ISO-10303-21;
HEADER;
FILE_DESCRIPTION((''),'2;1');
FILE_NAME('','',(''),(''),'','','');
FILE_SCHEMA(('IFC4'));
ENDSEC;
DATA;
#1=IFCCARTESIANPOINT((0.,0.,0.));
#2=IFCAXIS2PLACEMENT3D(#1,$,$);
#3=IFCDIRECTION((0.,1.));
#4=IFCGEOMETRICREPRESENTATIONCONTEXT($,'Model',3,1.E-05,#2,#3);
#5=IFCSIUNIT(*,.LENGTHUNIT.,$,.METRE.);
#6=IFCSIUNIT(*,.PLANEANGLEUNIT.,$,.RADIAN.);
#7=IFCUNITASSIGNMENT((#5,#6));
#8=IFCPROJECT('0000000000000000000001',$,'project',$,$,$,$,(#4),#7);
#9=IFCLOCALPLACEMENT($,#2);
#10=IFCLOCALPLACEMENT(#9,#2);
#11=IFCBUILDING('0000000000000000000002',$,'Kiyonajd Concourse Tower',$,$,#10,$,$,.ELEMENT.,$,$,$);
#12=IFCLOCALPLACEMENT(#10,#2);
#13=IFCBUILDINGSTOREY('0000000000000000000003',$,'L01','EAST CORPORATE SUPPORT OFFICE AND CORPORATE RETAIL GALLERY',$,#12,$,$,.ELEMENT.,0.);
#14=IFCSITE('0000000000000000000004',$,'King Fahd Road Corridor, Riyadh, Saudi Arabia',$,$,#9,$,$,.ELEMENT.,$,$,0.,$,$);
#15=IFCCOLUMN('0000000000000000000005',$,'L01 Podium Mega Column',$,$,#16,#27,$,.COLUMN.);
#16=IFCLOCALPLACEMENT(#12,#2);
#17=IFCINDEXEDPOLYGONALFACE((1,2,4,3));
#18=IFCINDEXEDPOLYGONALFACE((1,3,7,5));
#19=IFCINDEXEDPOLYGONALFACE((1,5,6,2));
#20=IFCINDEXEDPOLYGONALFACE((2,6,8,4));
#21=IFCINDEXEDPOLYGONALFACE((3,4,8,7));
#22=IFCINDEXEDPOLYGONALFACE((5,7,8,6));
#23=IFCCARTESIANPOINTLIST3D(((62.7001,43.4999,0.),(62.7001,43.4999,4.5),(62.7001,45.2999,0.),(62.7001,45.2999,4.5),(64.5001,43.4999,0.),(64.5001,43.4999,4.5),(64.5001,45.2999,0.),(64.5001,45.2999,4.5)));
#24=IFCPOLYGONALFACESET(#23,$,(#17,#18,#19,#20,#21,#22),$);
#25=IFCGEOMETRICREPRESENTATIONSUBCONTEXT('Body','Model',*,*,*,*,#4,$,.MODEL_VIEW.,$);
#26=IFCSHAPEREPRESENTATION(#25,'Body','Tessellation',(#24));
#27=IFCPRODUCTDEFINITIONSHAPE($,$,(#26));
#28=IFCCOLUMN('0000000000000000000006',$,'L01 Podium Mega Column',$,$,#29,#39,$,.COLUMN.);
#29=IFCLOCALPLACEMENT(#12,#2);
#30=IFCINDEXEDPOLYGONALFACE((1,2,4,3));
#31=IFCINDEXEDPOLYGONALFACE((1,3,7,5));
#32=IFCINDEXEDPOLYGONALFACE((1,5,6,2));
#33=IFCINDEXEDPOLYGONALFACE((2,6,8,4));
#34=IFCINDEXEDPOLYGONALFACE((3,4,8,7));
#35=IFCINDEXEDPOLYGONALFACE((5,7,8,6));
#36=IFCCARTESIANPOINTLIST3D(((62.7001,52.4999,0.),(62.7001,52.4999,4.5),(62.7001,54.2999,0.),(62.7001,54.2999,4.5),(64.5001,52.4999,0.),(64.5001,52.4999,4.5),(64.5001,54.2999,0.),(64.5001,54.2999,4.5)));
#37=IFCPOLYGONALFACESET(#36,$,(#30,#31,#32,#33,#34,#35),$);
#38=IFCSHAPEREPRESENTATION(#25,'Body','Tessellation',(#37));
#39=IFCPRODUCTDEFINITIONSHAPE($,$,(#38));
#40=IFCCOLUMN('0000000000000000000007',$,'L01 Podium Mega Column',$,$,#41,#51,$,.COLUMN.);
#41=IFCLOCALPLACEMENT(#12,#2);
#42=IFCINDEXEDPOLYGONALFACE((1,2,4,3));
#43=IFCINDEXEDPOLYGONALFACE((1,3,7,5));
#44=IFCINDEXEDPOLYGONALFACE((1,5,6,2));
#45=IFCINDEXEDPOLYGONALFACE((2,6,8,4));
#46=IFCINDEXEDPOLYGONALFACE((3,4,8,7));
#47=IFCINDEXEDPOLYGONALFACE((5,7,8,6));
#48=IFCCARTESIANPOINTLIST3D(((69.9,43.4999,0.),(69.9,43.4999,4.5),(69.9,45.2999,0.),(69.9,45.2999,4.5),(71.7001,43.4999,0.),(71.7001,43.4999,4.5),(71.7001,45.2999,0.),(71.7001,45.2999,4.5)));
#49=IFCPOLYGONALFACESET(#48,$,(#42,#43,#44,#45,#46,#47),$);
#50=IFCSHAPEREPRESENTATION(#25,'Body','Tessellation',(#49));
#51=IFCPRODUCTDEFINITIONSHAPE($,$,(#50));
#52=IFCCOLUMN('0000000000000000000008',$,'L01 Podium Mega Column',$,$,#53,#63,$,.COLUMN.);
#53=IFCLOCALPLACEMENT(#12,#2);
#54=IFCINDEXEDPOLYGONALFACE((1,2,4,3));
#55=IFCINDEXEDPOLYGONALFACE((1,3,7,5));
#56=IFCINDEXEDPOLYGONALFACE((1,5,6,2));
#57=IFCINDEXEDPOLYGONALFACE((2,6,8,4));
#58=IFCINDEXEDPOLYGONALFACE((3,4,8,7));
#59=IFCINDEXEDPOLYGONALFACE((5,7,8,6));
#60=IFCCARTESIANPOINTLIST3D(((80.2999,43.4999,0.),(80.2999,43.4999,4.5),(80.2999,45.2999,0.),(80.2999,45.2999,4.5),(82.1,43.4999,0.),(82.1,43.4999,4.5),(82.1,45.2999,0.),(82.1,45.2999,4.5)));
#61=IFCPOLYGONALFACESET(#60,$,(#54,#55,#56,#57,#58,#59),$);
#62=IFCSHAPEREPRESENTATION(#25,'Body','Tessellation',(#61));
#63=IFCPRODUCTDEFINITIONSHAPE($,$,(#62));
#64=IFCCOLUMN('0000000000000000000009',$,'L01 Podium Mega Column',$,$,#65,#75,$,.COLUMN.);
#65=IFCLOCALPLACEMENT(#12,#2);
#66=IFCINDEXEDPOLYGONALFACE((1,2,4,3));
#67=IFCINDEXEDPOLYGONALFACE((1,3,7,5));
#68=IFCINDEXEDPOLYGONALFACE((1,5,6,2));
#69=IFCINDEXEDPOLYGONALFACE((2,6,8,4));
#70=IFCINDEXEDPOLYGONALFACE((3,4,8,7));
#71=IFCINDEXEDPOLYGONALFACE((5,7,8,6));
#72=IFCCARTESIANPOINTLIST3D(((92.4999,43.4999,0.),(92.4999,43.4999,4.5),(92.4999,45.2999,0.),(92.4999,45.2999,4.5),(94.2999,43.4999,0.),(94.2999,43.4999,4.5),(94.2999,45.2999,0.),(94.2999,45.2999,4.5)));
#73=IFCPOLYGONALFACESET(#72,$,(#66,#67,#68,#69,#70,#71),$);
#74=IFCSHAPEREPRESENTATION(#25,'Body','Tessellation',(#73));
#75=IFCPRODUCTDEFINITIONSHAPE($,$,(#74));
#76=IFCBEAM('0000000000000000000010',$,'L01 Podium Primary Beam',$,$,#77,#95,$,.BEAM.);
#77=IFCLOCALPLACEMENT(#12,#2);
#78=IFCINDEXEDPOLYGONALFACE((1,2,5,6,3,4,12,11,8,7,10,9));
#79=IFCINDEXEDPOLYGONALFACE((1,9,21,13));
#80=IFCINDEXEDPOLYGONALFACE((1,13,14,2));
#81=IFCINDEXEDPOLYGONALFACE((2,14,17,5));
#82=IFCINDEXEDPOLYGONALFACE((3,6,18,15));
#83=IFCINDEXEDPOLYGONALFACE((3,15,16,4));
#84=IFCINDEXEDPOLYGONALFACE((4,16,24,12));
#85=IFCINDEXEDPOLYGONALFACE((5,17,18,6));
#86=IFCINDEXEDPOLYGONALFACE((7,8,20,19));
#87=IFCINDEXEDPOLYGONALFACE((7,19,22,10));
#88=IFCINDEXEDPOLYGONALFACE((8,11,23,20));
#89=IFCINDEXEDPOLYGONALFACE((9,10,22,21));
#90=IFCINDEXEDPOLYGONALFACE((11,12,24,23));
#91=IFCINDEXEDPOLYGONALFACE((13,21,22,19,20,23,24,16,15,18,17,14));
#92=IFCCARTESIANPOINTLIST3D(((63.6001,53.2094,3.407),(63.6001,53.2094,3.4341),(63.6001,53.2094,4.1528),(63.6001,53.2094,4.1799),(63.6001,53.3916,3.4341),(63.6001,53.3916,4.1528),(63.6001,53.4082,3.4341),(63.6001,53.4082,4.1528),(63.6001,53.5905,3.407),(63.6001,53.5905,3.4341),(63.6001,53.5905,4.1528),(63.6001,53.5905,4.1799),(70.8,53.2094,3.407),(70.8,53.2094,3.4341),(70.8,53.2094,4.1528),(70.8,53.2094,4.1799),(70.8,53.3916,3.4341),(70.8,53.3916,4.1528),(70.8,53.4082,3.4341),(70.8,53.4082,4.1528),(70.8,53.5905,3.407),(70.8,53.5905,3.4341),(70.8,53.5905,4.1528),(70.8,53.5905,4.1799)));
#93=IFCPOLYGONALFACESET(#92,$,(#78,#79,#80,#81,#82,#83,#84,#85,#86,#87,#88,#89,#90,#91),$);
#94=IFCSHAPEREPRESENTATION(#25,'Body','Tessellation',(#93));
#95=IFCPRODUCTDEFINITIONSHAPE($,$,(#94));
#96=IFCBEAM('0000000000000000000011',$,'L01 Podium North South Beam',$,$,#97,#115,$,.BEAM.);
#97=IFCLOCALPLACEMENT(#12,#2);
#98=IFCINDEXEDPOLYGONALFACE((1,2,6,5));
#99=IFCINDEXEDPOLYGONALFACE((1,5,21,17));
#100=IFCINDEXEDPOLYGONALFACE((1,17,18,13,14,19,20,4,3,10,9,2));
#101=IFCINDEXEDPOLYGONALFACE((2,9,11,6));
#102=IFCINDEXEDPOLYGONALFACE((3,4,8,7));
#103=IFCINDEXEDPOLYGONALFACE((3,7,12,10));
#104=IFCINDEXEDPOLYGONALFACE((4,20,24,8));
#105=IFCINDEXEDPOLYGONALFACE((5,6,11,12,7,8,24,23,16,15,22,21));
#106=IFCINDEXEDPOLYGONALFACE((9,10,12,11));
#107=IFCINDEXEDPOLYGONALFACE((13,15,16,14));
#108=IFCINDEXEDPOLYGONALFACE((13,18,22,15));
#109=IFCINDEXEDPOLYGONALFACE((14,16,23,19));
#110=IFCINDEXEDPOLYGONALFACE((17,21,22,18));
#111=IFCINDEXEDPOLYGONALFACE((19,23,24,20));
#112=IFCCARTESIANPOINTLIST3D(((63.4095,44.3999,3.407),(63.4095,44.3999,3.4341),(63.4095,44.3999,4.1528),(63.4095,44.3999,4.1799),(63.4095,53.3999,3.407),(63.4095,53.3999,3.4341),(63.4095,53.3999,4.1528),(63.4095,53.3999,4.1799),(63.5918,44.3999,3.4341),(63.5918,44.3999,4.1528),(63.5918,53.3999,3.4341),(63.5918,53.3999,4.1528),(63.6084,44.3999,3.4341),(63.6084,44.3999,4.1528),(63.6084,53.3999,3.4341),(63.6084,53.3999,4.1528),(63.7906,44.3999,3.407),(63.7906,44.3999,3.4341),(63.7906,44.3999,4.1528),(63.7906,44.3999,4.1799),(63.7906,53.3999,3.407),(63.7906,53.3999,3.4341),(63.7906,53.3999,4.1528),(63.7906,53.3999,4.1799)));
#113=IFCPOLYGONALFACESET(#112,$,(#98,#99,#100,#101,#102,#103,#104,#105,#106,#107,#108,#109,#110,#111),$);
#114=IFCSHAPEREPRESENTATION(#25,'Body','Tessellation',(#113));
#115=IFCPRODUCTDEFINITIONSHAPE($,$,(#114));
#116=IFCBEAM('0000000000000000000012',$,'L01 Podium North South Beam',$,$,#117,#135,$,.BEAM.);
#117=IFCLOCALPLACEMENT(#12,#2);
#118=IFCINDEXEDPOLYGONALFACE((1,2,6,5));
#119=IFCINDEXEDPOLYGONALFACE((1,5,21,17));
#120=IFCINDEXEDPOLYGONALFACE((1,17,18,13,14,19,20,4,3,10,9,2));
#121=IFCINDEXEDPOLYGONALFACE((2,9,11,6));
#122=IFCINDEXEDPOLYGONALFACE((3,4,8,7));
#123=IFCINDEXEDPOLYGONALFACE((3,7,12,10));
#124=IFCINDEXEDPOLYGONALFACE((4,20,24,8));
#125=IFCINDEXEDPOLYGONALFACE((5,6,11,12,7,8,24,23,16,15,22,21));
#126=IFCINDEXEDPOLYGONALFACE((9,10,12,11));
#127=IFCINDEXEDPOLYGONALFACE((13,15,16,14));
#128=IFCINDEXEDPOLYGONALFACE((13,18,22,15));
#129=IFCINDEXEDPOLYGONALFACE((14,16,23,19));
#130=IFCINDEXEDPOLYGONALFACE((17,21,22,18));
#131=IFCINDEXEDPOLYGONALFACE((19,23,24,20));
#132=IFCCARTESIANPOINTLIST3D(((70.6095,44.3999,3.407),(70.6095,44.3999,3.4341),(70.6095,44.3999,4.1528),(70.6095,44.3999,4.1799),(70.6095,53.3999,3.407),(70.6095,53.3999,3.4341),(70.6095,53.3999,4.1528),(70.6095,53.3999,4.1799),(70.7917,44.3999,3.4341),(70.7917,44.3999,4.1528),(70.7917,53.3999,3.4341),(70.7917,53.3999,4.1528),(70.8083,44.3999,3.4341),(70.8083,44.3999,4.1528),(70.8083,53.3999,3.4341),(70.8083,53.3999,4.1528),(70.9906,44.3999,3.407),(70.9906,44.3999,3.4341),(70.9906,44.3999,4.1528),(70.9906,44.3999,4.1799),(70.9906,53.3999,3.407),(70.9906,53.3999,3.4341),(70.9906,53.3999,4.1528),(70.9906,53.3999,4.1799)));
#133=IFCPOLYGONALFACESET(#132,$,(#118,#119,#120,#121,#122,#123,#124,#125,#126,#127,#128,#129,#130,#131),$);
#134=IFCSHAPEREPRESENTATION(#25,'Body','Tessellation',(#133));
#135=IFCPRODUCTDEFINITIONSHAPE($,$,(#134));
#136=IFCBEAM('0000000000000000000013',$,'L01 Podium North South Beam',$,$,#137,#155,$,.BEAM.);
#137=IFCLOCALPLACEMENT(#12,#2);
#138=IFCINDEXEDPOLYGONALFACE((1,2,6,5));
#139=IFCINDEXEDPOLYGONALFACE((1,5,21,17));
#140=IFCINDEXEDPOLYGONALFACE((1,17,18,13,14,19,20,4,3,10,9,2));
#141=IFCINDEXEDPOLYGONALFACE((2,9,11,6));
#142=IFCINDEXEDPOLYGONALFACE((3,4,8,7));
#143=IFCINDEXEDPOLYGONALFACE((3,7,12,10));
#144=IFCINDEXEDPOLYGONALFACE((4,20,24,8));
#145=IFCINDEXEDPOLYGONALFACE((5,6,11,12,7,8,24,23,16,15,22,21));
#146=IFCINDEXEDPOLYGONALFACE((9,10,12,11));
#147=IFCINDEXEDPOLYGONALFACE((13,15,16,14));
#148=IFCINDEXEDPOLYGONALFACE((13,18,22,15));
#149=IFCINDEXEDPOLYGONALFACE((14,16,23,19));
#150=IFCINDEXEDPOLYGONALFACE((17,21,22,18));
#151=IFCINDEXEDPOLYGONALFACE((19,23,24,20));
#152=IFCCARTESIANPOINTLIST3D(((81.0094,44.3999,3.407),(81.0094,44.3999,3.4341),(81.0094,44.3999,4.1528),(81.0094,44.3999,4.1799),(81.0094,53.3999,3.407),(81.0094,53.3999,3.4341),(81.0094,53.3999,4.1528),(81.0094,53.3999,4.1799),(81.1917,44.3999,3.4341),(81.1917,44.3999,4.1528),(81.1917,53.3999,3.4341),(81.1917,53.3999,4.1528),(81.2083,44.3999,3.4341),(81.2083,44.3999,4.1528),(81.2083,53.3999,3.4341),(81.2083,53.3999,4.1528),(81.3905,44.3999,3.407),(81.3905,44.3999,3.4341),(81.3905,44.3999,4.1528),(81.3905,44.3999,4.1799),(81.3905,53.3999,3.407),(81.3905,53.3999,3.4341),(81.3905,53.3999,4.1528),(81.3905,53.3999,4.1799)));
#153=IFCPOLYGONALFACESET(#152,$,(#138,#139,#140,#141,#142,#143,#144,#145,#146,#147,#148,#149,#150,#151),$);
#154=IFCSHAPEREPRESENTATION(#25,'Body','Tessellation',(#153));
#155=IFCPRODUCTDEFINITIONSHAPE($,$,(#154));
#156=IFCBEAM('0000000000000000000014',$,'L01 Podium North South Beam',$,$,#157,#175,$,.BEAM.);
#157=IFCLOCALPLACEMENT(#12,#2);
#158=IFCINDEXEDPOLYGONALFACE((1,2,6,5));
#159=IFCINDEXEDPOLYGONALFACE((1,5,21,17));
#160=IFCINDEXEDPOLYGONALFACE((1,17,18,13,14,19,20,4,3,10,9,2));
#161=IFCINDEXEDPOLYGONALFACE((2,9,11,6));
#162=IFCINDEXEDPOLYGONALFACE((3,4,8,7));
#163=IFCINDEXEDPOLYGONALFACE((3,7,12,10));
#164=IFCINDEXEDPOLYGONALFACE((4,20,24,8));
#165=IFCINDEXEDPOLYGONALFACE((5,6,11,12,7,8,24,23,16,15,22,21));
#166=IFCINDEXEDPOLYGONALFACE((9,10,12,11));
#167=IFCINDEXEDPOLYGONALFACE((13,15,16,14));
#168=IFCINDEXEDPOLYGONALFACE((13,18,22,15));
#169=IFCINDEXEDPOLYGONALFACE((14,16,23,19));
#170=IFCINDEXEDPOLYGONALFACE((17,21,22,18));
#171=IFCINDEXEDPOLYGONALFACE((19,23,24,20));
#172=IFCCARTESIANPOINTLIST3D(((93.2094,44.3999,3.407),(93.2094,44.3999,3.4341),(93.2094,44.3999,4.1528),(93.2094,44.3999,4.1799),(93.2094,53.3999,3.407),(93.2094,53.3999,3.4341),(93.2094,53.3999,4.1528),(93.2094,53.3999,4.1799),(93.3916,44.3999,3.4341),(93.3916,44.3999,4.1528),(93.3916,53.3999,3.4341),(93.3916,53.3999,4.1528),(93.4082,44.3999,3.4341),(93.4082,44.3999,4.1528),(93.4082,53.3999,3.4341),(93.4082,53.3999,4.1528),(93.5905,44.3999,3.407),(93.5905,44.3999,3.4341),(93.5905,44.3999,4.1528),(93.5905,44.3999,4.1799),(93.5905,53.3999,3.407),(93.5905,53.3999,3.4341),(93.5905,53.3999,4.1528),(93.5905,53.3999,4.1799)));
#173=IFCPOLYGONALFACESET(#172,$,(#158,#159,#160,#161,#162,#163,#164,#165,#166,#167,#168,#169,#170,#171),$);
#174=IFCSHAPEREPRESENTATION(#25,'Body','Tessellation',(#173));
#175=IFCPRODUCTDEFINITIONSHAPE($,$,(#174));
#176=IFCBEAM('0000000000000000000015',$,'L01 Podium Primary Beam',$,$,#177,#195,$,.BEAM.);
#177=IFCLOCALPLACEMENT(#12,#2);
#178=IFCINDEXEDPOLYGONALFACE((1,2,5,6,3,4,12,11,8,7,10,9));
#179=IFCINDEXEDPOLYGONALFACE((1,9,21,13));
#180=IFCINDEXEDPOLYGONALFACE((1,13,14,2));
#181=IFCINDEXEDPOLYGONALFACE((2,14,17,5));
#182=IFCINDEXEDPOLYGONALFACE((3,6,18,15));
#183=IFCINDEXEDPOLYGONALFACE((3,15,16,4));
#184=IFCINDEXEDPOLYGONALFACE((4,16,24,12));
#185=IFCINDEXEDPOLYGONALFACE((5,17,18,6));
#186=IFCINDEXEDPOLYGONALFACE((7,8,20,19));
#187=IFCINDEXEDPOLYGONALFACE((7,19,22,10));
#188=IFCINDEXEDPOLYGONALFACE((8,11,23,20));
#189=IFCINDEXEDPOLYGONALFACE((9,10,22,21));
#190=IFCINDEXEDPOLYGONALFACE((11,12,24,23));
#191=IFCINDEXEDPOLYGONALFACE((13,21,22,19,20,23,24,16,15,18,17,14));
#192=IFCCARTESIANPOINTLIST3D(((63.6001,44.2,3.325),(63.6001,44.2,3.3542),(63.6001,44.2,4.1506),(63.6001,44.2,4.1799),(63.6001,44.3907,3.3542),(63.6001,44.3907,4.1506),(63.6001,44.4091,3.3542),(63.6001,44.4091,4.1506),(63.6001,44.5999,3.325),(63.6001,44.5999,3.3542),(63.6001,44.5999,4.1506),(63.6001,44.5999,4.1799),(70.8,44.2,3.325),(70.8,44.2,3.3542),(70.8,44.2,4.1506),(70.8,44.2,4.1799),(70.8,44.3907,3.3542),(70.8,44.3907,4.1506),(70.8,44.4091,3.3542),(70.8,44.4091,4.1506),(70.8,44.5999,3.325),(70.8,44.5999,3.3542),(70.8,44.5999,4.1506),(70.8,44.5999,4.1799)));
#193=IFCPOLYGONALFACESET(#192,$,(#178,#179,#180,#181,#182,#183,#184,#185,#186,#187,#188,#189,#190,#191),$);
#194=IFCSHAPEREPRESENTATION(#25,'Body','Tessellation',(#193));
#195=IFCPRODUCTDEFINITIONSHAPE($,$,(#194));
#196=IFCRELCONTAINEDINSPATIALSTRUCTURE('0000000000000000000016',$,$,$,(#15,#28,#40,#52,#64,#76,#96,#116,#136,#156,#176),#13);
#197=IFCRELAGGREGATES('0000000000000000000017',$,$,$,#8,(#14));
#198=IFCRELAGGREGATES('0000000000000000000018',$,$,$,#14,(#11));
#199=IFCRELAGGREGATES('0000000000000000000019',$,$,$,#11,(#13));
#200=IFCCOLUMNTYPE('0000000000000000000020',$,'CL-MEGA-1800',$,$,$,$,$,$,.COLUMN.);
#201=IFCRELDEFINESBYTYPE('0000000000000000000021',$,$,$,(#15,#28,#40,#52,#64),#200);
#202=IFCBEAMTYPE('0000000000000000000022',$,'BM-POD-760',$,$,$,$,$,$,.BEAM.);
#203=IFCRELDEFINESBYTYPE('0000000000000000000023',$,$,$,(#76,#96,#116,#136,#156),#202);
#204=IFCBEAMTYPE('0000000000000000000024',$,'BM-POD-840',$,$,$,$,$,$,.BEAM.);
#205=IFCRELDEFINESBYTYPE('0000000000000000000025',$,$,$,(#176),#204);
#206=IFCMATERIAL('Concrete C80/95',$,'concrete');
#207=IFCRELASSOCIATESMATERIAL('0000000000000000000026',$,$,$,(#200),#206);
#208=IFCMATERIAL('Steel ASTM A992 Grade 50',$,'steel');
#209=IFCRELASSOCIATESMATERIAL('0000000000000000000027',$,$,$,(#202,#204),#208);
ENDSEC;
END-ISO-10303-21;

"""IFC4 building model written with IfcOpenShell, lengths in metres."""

from ifc_helpers import new_model, si_unit, direction, frame, origin, origin_2d, place, context, subcontext, project, spatial, rectangle, i_section, extrude, material, material_profile, profile_set, type_object, element, save


model = new_model("IFC4")

# Units and contexts
model_context = context("Model", 3, precision=1e-05, world=origin(), true_north=direction((0.0, 1.0)))
body_context = subcontext(model_context, "Body", "Model", "MODEL_VIEW")
ifc_project = project(units=[si_unit("LENGTHUNIT", "METRE"), si_unit("PLANEANGLEUNIT", "RADIAN")], contexts=[model_context])

# Site, building, storey
site_placement = place(None, origin())
site = spatial("IfcSite", under=ifc_project, at=site_placement, Name="King Fahd Road Corridor, Riyadh, Saudi Arabia", CompositionType="ELEMENT", RefElevation=0.0)
building_placement = place(site_placement, origin())
building = spatial("IfcBuilding", under=site, at=building_placement, Name="Kiyonajd Concourse Tower", CompositionType="ELEMENT")
storey_placement = place(building_placement, origin())
storey = spatial("IfcBuildingStorey", under=building, at=storey_placement, Name="L01", Description="EAST CORPORATE SUPPORT OFFICE AND CORPORATE RETAIL GALLERY", CompositionType="ELEMENT", Elevation=0.0)

# Columns
ifc_material_1 = material(Name="Concrete C80/95", Category="concrete")
ifc_material_profile_1 = material_profile(ifc_material_1, rectangle(XDim=1.8, YDim=1.8, at=origin_2d()), Name="RC-1800x1800")
ifc_profile_set_1 = profile_set([ifc_material_profile_1], Name="Concrete C80/95")
column_type = type_object("IfcColumnType", Name="CL-MEGA-1800", PredefinedType="COLUMN", material=ifc_profile_set_1)
for number, where, z_axis, x_axis, name in (
    (1, (63.6001, 44.3999, 0.0), (0.0, 0.0, 1.0), (1.0, 0.0, 0.0), "L01 Podium Mega Column"),
    (2, (63.6001, 53.3999, 0.0), (0.0, 0.0, 1.0), (1.0, 0.0, 0.0), "L01 Podium Mega Column"),
    (3, (70.8, 44.3999, 0.0), (0.0, 0.0, 1.0), (1.0, 0.0, 0.0), "L01 Podium Mega Column"),
    (4, (81.2, 44.3999, 0.0), (0.0, 0.0, 1.0), (1.0, 0.0, 0.0), "L01 Podium Mega Column"),
    (5, (93.3999, 44.3999, 0.0), (0.0, 0.0, 1.0), (1.0, 0.0, 0.0), "L01 Podium Mega Column"),
):
    element("IfcColumn", number, at=place(storey_placement, frame(where, z_axis=z_axis, x_axis=x_axis)), inside=storey, type_object=column_type, Name=name, PredefinedType="COLUMN", context=body_context, shape_type="SweptSolid", body=[
        extrude(rectangle(XDim=1.8, YDim=1.8, at=origin_2d()), origin(), (0.0, 0.0, 1.0), 4.5),
    ])

# Beams
ifc_material_2 = material(Name="Steel ASTM A992 Grade 50", Category="steel")
ifc_material_profile_2 = material_profile(ifc_material_2, i_section(OverallWidth=0.3811, OverallDepth=0.7729, WebThickness=0.0166, FlangeThickness=0.0271, at=origin_2d()), Name="W760X257")
ifc_profile_set_2 = profile_set([ifc_material_profile_2], Name="Steel ASTM A992 Grade 50")
beam_type_1 = type_object("IfcBeamType", Name="BM-POD-760", PredefinedType="BEAM", material=ifc_profile_set_2)
beam_1_placement = place(storey_placement, frame((63.6001, 53.3999, 3.7935), z_axis=(1.0, 0.0, 0.0), x_axis=(0.0, 1.0, 0.0)))
element("IfcBeam", 6, at=beam_1_placement, inside=storey, type_object=beam_type_1, Name="L01 Podium Primary Beam", PredefinedType="BEAM", context=body_context, shape_type="SweptSolid", body=[
    extrude(i_section(OverallWidth=0.3811, OverallDepth=0.7729, WebThickness=0.0166, FlangeThickness=0.0271, at=origin_2d()), origin(), (0.0, 0.0, 1.0), 7.2),
])
for number, where, z_axis, x_axis, name in (
    (7, (63.6001, 44.3999, 3.7935), (0.0, 1.0, 0.0), (-1.0, 0.0, 0.0), "L01 Podium North South Beam"),
    (8, (70.8, 44.3999, 3.7935), (0.0, 1.0, 0.0), (-1.0, 0.0, 0.0), "L01 Podium North South Beam"),
    (9, (81.2, 44.3999, 3.7935), (0.0, 1.0, 0.0), (-1.0, 0.0, 0.0), "L01 Podium North South Beam"),
    (10, (93.3999, 44.3999, 3.7935), (0.0, 1.0, 0.0), (-1.0, 0.0, 0.0), "L01 Podium North South Beam"),
):
    element("IfcBeam", number, at=place(storey_placement, frame(where, z_axis=z_axis, x_axis=x_axis)), inside=storey, type_object=beam_type_1, Name=name, PredefinedType="BEAM", context=body_context, shape_type="SweptSolid", body=[
        extrude(i_section(OverallWidth=0.3811, OverallDepth=0.7729, WebThickness=0.0166, FlangeThickness=0.0271, at=origin_2d()), origin(), (0.0, 0.0, 1.0), 9.0),
    ])
ifc_material_profile_3 = material_profile(ifc_material_2, i_section(OverallWidth=0.3999, OverallDepth=0.855, WebThickness=0.0183, FlangeThickness=0.0293, at=origin_2d()), Name="W840X299")
ifc_profile_set_3 = profile_set([ifc_material_profile_3], Name="Steel ASTM A992 Grade 50")
beam_type_2 = type_object("IfcBeamType", Name="BM-POD-840", PredefinedType="BEAM", material=ifc_profile_set_3)
beam_2_placement = place(storey_placement, frame((63.6001, 44.3999, 3.7524), z_axis=(1.0, 0.0, 0.0), x_axis=(0.0, 1.0, 0.0)))
element("IfcBeam", 11, at=beam_2_placement, inside=storey, type_object=beam_type_2, Name="L01 Podium Primary Beam", PredefinedType="BEAM", context=body_context, shape_type="SweptSolid", body=[
    extrude(i_section(OverallWidth=0.3999, OverallDepth=0.855, WebThickness=0.0183, FlangeThickness=0.0293, at=origin_2d()), origin(), (0.0, 0.0, 1.0), 7.2),
])

save(model, "model.ifc")
